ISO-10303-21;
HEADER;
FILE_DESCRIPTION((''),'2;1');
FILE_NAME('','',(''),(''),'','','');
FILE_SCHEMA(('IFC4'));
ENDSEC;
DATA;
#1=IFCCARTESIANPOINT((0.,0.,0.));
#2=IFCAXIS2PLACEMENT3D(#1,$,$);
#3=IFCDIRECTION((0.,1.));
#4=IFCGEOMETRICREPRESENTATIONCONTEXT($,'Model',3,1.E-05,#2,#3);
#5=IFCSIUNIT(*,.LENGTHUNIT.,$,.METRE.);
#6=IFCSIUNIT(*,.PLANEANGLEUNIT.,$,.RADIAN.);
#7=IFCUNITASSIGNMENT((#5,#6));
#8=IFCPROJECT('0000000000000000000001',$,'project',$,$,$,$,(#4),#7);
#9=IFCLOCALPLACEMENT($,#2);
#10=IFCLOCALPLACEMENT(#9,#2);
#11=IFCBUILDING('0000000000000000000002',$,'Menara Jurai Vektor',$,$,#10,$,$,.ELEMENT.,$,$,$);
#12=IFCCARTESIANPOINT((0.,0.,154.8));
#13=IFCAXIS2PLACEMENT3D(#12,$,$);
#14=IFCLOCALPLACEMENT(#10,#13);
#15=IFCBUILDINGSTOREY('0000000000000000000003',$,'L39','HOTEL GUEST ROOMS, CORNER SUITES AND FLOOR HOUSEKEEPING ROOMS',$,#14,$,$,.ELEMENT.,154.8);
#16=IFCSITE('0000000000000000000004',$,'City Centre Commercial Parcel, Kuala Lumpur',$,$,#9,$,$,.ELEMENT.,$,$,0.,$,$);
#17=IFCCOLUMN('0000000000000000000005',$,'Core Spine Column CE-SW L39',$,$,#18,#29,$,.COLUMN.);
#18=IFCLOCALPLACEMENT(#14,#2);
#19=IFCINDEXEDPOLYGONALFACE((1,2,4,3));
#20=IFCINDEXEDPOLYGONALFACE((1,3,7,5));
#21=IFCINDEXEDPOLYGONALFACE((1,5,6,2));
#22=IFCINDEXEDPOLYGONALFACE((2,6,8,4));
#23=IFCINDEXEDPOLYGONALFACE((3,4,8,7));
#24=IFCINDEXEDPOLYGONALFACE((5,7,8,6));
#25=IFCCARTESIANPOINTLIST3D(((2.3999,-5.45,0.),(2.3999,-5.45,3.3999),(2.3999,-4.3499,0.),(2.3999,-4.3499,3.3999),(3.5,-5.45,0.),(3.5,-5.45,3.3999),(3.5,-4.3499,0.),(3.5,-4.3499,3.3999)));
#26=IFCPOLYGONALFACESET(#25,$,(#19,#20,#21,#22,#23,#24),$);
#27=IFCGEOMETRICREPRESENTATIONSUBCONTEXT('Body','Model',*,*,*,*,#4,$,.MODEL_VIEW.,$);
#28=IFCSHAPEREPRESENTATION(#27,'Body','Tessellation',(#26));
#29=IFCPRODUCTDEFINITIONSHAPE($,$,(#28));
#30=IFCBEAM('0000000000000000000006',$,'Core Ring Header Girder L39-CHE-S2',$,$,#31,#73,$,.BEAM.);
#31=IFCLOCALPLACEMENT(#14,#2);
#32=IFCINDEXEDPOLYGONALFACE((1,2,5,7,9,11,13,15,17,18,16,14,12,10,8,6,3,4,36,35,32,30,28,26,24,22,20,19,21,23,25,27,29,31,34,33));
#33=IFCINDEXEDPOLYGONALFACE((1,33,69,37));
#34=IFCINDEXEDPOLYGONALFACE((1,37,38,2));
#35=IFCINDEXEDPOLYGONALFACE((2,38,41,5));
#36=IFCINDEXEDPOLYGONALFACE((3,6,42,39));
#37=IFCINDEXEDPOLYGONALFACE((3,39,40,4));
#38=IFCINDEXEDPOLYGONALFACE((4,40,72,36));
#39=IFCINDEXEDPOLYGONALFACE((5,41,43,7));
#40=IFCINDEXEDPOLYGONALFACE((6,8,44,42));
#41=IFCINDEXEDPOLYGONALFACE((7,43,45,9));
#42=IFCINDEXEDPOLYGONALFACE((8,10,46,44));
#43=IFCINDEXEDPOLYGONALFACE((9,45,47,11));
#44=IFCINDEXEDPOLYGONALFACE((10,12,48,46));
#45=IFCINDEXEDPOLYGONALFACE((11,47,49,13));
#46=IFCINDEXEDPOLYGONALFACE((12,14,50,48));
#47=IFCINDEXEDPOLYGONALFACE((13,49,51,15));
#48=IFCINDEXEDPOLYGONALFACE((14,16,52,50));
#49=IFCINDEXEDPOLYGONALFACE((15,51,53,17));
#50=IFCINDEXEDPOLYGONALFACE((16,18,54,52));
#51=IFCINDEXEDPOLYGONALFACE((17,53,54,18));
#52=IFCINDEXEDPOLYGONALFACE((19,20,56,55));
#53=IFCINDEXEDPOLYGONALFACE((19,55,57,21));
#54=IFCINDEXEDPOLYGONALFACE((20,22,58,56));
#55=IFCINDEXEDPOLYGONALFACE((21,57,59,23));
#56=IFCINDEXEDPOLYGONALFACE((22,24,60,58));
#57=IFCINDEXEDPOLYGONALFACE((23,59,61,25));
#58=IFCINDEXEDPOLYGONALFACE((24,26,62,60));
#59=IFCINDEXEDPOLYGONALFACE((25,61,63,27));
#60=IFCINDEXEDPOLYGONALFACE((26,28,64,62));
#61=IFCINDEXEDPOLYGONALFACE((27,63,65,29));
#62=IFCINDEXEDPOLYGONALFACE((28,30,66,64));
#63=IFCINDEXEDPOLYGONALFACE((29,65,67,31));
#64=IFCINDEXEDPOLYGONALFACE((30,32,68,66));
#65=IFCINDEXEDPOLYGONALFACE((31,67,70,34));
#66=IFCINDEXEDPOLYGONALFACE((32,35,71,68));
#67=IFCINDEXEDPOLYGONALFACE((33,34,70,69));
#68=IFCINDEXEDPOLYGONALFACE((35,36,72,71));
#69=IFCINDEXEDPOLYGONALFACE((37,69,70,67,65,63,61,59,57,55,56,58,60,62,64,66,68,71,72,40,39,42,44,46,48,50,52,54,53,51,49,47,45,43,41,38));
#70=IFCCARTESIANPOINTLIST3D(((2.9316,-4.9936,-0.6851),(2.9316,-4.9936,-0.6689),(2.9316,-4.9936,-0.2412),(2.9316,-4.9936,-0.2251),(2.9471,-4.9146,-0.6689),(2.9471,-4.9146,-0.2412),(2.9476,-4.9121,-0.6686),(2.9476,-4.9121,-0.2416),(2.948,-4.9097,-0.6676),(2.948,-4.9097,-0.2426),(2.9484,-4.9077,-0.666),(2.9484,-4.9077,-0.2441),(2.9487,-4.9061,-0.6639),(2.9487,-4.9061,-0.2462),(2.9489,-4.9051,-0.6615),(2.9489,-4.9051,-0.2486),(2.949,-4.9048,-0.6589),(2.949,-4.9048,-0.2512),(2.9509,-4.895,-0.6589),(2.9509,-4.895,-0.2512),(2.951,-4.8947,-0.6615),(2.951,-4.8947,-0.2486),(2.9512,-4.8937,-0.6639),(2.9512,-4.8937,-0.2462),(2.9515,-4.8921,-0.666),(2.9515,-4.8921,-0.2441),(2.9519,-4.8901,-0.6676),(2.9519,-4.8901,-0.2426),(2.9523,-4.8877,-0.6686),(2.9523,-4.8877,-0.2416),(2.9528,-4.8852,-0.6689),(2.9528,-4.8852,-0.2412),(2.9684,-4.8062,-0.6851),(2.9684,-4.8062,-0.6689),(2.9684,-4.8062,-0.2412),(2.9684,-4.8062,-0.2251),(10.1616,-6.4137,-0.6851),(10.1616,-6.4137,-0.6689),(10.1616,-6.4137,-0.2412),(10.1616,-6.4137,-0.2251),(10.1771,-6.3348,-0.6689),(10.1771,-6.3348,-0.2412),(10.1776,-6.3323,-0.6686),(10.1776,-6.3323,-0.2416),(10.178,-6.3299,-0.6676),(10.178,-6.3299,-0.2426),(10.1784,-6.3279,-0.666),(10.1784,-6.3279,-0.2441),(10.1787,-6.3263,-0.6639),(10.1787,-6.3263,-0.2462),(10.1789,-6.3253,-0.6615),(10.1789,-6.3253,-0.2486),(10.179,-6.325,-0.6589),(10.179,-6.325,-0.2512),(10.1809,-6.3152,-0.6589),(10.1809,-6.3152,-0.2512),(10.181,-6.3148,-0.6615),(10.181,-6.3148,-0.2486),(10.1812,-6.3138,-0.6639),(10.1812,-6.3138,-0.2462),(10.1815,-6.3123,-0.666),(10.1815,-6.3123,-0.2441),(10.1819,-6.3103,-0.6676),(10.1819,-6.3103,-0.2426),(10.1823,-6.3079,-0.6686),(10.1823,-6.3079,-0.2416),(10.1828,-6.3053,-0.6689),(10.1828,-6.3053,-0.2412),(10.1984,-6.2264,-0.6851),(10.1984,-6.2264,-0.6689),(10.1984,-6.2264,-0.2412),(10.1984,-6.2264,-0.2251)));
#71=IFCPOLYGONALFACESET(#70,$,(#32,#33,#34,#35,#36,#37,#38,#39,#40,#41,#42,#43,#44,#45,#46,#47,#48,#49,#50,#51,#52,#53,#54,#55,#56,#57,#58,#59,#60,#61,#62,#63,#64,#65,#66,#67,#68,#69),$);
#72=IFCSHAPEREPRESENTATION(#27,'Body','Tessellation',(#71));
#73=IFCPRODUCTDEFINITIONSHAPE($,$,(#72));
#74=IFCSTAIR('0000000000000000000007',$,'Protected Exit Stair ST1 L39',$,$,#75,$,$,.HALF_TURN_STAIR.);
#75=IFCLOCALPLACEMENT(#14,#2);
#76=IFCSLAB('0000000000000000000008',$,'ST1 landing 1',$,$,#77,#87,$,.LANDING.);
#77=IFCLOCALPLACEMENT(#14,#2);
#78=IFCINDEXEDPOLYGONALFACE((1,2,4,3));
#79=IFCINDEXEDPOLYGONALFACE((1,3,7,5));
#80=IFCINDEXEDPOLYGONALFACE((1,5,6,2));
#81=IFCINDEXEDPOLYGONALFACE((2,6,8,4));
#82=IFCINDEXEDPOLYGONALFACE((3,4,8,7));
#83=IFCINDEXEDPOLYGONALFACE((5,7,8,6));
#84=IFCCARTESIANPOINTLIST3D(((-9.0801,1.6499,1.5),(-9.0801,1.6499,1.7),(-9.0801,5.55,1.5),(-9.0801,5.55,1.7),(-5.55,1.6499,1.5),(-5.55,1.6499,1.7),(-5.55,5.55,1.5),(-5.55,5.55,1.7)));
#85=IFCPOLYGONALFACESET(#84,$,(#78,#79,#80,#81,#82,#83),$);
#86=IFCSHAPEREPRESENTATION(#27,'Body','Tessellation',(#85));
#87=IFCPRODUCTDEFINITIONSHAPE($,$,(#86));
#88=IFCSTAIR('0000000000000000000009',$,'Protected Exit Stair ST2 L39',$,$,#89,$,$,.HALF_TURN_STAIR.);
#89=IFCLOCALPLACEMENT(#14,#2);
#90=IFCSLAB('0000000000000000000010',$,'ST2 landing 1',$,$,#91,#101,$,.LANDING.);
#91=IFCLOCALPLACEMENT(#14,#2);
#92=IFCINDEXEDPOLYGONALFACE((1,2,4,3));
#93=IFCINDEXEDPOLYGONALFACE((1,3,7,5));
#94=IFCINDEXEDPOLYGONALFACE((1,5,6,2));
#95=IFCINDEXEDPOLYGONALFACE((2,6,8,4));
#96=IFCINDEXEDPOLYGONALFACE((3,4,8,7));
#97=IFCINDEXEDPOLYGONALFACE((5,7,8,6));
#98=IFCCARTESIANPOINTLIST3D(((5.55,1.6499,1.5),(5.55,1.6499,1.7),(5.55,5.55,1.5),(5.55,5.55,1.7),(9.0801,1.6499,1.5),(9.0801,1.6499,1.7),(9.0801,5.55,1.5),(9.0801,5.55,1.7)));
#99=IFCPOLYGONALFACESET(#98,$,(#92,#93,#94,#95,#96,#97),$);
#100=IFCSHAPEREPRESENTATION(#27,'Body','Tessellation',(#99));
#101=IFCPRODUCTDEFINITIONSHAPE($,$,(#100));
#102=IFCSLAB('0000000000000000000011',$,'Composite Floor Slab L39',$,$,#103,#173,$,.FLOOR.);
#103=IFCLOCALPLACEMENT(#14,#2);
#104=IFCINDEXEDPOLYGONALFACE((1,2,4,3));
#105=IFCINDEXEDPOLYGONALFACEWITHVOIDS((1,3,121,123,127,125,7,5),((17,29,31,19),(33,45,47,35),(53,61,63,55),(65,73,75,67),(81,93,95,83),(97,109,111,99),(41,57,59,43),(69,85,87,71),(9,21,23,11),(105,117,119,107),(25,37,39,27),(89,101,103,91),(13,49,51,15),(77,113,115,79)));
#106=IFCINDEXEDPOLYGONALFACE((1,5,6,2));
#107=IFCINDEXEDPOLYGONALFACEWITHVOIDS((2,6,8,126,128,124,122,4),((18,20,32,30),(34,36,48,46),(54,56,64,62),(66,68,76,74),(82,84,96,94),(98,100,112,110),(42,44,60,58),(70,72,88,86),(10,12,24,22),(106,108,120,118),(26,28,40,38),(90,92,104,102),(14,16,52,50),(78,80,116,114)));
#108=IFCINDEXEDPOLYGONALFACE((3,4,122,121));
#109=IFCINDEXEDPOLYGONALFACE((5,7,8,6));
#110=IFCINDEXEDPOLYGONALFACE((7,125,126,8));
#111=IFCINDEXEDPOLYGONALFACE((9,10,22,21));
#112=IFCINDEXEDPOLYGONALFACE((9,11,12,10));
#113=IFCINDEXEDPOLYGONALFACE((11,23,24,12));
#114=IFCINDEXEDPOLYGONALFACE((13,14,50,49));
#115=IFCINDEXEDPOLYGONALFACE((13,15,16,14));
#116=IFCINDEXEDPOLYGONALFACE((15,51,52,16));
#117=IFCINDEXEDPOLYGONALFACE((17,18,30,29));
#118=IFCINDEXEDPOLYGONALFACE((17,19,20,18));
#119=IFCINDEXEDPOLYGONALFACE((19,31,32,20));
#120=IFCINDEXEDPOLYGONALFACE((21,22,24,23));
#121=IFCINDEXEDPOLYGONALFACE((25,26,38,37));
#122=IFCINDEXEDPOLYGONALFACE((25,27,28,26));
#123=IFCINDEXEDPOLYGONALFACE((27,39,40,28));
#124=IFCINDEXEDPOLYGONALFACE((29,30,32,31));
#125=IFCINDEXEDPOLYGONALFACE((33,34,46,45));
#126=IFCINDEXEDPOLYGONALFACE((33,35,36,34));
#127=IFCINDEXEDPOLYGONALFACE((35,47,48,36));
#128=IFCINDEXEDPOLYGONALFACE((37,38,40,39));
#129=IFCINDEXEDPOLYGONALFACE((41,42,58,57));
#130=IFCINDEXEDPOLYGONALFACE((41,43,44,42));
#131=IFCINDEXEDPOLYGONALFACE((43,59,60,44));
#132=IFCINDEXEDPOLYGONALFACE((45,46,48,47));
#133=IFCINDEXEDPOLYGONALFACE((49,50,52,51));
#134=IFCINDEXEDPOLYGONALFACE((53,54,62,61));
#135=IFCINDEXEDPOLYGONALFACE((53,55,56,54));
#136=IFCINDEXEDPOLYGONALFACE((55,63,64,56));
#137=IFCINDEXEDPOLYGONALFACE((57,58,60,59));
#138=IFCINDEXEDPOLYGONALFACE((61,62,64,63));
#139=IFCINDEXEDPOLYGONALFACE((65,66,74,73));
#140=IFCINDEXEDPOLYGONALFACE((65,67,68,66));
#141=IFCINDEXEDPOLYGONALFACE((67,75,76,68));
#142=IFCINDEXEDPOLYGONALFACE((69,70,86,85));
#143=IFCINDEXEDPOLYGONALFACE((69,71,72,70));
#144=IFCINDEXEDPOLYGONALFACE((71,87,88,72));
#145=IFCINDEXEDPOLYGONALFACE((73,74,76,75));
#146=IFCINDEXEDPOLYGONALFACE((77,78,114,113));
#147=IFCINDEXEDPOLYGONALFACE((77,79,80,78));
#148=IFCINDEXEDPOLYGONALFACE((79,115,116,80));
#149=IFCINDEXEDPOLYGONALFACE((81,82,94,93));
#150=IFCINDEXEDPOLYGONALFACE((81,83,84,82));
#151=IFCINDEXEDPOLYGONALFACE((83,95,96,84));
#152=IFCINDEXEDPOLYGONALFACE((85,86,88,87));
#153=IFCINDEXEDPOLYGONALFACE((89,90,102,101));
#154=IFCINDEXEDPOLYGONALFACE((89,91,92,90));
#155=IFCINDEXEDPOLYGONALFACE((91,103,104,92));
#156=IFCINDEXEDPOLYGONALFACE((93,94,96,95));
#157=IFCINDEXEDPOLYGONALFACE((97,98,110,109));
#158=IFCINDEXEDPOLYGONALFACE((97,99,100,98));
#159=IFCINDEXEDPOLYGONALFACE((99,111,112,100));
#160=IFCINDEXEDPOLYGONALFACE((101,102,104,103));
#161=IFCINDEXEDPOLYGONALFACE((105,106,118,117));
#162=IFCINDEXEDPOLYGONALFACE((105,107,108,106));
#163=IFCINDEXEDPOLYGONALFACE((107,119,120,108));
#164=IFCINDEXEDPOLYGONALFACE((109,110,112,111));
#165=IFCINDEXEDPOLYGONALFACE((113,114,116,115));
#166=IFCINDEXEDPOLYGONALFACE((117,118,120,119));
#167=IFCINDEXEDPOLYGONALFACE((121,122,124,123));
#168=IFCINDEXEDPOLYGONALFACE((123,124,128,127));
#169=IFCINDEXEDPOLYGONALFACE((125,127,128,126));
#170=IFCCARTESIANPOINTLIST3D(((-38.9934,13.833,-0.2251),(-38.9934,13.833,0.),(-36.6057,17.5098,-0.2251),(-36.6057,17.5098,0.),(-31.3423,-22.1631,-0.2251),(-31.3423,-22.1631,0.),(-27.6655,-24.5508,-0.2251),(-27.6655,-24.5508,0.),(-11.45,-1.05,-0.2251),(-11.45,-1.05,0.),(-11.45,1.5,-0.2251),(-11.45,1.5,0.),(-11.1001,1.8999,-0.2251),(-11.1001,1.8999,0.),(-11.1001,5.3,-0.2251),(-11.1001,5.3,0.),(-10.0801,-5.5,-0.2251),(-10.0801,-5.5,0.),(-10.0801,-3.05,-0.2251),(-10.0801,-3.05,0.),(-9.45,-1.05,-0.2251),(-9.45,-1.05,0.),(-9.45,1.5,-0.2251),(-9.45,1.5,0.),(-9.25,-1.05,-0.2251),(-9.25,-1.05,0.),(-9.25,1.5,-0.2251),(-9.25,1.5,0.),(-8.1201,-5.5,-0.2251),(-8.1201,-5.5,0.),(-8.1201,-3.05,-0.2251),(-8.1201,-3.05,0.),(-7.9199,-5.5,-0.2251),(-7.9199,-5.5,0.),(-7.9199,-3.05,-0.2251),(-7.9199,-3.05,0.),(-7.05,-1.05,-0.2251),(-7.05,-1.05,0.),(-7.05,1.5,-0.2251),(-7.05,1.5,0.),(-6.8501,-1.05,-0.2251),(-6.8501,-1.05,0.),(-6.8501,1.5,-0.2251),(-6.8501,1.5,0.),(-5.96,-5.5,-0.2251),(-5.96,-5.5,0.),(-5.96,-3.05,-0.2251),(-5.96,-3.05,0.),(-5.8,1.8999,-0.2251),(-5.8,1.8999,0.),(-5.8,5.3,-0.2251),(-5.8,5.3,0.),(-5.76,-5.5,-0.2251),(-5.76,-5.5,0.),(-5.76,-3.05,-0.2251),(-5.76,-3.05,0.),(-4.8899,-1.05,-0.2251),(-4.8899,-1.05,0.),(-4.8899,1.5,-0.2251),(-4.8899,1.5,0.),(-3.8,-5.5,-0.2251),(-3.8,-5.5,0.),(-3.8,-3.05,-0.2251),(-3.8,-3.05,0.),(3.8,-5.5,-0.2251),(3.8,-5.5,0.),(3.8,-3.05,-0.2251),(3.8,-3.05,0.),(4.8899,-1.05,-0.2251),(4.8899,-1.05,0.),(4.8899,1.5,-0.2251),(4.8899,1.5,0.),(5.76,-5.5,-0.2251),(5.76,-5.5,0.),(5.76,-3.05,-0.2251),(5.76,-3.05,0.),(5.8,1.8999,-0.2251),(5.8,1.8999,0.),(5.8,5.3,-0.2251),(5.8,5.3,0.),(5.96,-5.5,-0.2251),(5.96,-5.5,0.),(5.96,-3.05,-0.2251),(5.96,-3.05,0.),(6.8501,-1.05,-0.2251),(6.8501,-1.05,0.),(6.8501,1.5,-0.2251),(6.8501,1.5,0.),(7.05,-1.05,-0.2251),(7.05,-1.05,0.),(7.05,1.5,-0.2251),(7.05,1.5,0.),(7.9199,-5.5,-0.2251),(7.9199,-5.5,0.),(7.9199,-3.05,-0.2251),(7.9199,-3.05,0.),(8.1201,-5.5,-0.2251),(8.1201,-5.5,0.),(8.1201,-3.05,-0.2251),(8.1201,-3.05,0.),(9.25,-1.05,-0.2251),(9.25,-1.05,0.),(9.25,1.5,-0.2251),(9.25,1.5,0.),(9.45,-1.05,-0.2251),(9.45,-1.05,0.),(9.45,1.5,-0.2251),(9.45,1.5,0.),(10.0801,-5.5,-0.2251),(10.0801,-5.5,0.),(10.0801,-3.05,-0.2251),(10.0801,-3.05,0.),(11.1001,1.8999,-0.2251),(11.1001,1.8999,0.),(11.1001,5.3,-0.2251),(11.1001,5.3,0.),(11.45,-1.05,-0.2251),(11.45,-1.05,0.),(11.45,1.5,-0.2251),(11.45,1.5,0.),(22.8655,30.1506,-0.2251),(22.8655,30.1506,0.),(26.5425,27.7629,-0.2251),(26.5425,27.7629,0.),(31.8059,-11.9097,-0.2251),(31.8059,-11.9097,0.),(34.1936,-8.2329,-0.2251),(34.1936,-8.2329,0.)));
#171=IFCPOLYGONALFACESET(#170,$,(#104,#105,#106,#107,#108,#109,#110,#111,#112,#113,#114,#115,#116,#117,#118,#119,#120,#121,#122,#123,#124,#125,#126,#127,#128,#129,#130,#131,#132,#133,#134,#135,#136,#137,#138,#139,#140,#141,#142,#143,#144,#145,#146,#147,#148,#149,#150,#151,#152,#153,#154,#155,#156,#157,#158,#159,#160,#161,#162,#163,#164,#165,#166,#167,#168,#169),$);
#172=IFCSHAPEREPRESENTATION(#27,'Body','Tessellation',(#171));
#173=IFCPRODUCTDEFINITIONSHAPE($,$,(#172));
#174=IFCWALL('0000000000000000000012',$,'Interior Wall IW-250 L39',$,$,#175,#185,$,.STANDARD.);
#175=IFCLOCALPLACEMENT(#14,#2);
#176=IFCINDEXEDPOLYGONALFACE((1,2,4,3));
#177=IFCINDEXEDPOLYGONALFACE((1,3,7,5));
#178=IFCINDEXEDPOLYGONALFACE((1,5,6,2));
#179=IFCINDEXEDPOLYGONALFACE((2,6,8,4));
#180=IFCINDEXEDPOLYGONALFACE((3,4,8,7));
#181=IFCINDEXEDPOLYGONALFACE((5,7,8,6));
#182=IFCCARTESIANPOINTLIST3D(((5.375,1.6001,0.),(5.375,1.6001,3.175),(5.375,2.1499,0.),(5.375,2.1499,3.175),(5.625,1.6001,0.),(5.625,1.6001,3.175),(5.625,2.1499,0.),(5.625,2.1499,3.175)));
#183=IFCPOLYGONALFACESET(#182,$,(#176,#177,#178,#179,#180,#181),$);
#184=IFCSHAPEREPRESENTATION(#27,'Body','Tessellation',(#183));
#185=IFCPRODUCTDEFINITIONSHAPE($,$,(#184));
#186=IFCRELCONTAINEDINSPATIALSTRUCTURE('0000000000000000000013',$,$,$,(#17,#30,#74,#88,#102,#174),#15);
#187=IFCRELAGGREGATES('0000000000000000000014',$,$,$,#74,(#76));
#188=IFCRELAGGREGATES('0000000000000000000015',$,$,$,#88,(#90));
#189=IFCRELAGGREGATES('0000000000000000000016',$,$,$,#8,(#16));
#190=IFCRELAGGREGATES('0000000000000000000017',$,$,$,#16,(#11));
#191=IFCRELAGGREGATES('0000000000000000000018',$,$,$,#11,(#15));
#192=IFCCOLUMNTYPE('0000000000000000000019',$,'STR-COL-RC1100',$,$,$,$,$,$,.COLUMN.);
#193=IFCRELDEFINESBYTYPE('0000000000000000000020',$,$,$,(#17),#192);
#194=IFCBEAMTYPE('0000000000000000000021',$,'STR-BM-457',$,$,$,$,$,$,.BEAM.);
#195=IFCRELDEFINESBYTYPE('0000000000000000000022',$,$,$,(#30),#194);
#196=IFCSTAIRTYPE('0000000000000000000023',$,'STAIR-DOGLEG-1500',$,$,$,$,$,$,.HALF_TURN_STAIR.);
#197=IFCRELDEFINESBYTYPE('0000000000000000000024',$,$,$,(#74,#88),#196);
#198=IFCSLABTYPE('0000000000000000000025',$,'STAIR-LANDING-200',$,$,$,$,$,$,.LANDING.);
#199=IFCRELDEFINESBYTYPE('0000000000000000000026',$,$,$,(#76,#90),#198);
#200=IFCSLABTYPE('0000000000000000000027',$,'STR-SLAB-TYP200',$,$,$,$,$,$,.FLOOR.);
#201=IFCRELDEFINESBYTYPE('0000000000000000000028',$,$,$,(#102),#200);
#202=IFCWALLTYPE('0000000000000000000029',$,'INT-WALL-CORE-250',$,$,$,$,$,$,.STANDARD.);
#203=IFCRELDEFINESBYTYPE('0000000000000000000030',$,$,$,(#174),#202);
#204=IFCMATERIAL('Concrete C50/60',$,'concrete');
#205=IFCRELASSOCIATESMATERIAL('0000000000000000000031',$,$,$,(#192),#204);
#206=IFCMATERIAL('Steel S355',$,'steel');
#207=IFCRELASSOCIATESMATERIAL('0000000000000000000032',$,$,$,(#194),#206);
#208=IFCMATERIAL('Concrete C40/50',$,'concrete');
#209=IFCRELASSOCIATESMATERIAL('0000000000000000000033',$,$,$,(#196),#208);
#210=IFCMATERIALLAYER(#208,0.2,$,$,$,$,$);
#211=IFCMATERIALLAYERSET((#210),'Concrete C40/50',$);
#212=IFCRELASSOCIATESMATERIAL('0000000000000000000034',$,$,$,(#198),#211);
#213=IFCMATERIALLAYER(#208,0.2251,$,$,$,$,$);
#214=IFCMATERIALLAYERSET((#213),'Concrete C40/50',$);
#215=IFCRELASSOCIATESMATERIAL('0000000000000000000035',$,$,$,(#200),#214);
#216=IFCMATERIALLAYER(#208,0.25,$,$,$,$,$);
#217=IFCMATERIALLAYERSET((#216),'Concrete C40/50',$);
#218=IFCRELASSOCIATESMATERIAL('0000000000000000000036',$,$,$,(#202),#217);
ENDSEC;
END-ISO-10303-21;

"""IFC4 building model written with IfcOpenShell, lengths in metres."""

from ifc_helpers import new_model, si_unit, direction, frame, frame_2d, origin, origin_2d, place, context, subcontext, project, spatial, polyline, rectangle, i_section, outline, extrude, material, layer, layer_set, material_profile, profile_set, type_object, element, aggregate, save


model = new_model("IFC4")

# Units and contexts
model_context = context("Model", 3, precision=1e-05, world=origin(), true_north=direction((0.0, 1.0)))
body_context = subcontext(model_context, "Body", "Model", "MODEL_VIEW")
ifc_project = project(units=[si_unit("LENGTHUNIT", "METRE"), si_unit("PLANEANGLEUNIT", "RADIAN")], contexts=[model_context])

# Site, building, storey
site_placement = place(None, origin())
site = spatial("IfcSite", under=ifc_project, at=site_placement, Name="City Centre Commercial Parcel, Kuala Lumpur", CompositionType="ELEMENT", RefElevation=0.0)
building_placement = place(site_placement, origin())
building = spatial("IfcBuilding", under=site, at=building_placement, Name="Menara Jurai Vektor", CompositionType="ELEMENT")
storey_placement = place(building_placement, frame((0.0, 0.0, 154.8)))
storey = spatial("IfcBuildingStorey", under=building, at=storey_placement, Name="L39", Description="HOTEL GUEST ROOMS, CORNER SUITES AND FLOOR HOUSEKEEPING ROOMS", CompositionType="ELEMENT", Elevation=154.8)

# Column
ifc_material_1 = material(Name="Concrete C50/60", Category="concrete")
ifc_material_profile_1 = material_profile(ifc_material_1, rectangle(XDim=1.1001, YDim=1.1001, at=origin_2d()), Name="RC 1100x1100")
ifc_profile_set_1 = profile_set([ifc_material_profile_1], Name="Concrete C50/60")
column_type = type_object("IfcColumnType", Name="STR-COL-RC1100", PredefinedType="COLUMN", material=ifc_profile_set_1)
column_placement = place(storey_placement, frame((2.95, -4.8999, 0.0), z_axis=(0.0, 0.0, 1.0), x_axis=(1.0, 0.0, 0.0)))
element("IfcColumn", 1, at=column_placement, inside=storey, type_object=column_type, Name="Core Spine Column CE-SW L39", PredefinedType="COLUMN", context=body_context, shape_type="SweptSolid", body=[
    extrude(rectangle(XDim=1.1001, YDim=1.1001, at=origin_2d()), origin(), (0.0, 0.0, 1.0), 3.3999),
])

# Beam
ifc_material_2 = material(Name="Steel S355", Category="steel")
ifc_material_profile_2 = material_profile(ifc_material_2, i_section(OverallWidth=0.1909, OverallDepth=0.46, WebThickness=0.01, FlangeThickness=0.0161, FilletRadius=0.01, at=origin_2d()), Name="UKB 457x191x82")
ifc_profile_set_2 = profile_set([ifc_material_profile_2], Name="Steel S355")
beam_type = type_object("IfcBeamType", Name="STR-BM-457", PredefinedType="BEAM", material=ifc_profile_set_2)
beam_placement = place(storey_placement, frame((2.95, -4.8999, -0.4551), z_axis=(0.981249, -0.192744, 0.0), x_axis=(0.192744, 0.981249, 0.0)))
element("IfcBeam", 2, at=beam_placement, inside=storey, type_object=beam_type, Name="Core Ring Header Girder L39-CHE-S2", PredefinedType="BEAM", context=body_context, shape_type="SweptSolid", body=[
    extrude(i_section(OverallWidth=0.1909, OverallDepth=0.46, WebThickness=0.01, FlangeThickness=0.0161, FilletRadius=0.01, at=origin_2d()), origin(), (0.0, 0.0, 1.0), 7.3682),
])

# Stairs, slabs
ifc_material_3 = material(Name="Concrete C40/50", Category="concrete")
stair_type = type_object("IfcStairType", Name="STAIR-DOGLEG-1500", PredefinedType="HALF_TURN_STAIR", material=ifc_material_3)
stair_1_placement = place(storey_placement, origin())
stair_1 = element("IfcStair", 3, at=stair_1_placement, inside=storey, type_object=stair_type, Name="Protected Exit Stair ST1 L39", PredefinedType="HALF_TURN_STAIR")
ifc_layer_1 = layer(ifc_material_3, 0.2)
ifc_layer_set_1 = layer_set([ifc_layer_1], Name="Concrete C40/50")
slab_type_1 = type_object("IfcSlabType", Name="STAIR-LANDING-200", PredefinedType="LANDING", material=ifc_layer_set_1)
slab_1_placement = place(storey_placement, frame((0.0, 0.0, 1.5)))
slab_1 = element("IfcSlab", 4, at=slab_1_placement, type_object=slab_type_1, Name="ST1 landing 1", PredefinedType="LANDING", context=body_context, shape_type="SweptSolid", body=[
    extrude(outline(polyline([(-9.0801, 1.6499), (-5.55, 1.6499), (-5.55, 5.55), (-9.0801, 5.55), (-9.0801, 1.6499)])), origin(), (0.0, 0.0, 1.0), 0.2),
])
aggregate(stair_1, [slab_1])
stair_2_placement = place(storey_placement, origin())
stair_2 = element("IfcStair", 5, at=stair_2_placement, inside=storey, type_object=stair_type, Name="Protected Exit Stair ST2 L39", PredefinedType="HALF_TURN_STAIR")
slab_2_placement = place(storey_placement, frame((0.0, 0.0, 1.5)))
slab_2 = element("IfcSlab", 6, at=slab_2_placement, type_object=slab_type_1, Name="ST2 landing 1", PredefinedType="LANDING", context=body_context, shape_type="SweptSolid", body=[
    extrude(outline(polyline([(5.55, 1.6499), (9.0801, 1.6499), (9.0801, 5.55), (5.55, 5.55), (5.55, 1.6499)])), origin(), (0.0, 0.0, 1.0), 0.2),
])
aggregate(stair_2, [slab_2])

# Slab
ifc_layer_2 = layer(ifc_material_3, 0.2251)
ifc_layer_set_2 = layer_set([ifc_layer_2], Name="Concrete C40/50")
slab_type_2 = type_object("IfcSlabType", Name="STR-SLAB-TYP200", PredefinedType="FLOOR", material=ifc_layer_set_2)
slab_3_placement = place(storey_placement, frame((0.0, 0.0, -0.2251)))
element("IfcSlab", 7, at=slab_3_placement, inside=storey, type_object=slab_type_2, Name="Composite Floor Slab L39", PredefinedType="FLOOR", context=body_context, shape_type="SweptSolid", body=[
    extrude(outline(polyline([(-27.6655, -24.5508), (31.8059, -11.9097), (34.1936, -8.2329), (26.5425, 27.7629), (22.8655, 30.1506), (-36.6057, 17.5098), (-38.9934, 13.833), (-31.3423, -22.1631), (-27.6655, -24.5508)]), holes=[polyline([(-11.1001, 1.8999), (-11.1001, 5.3), (-5.8, 5.3), (-5.8, 1.8999), (-11.1001, 1.8999)]), polyline([(5.8, 1.8999), (5.8, 5.3), (11.1001, 5.3), (11.1001, 1.8999), (5.8, 1.8999)]), polyline([(-11.45, -1.05), (-11.45, 1.5), (-9.45, 1.5), (-9.45, -1.05), (-11.45, -1.05)]), polyline([(9.45, -1.05), (9.45, 1.5), (11.45, 1.5), (11.45, -1.05), (9.45, -1.05)]), polyline([(-5.76, -5.5), (-5.76, -3.05), (-3.8, -3.05), (-3.8, -5.5), (-5.76, -5.5)]), polyline([(-6.8501, -1.05), (-6.8501, 1.5), (-4.8899, 1.5), (-4.8899, -1.05), (-6.8501, -1.05)]), polyline([(3.8, -5.5), (3.8, -3.05), (5.76, -3.05), (5.76, -5.5), (3.8, -5.5)]), polyline([(4.8899, -1.05), (4.8899, 1.5), (6.8501, 1.5), (6.8501, -1.05), (4.8899, -1.05)]), polyline([(-10.0801, -5.5), (-10.0801, -3.05), (-8.1201, -3.05), (-8.1201, -5.5), (-10.0801, -5.5)]), polyline([(-7.9199, -5.5), (-7.9199, -3.05), (-5.96, -3.05), (-5.96, -5.5), (-7.9199, -5.5)]), polyline([(5.96, -5.5), (5.96, -3.05), (7.9199, -3.05), (7.9199, -5.5), (5.96, -5.5)]), polyline([(8.1201, -5.5), (8.1201, -3.05), (10.0801, -3.05), (10.0801, -5.5), (8.1201, -5.5)]), polyline([(-9.25, -1.05), (-9.25, 1.5), (-7.05, 1.5), (-7.05, -1.05), (-9.25, -1.05)]), polyline([(7.05, -1.05), (7.05, 1.5), (9.25, 1.5), (9.25, -1.05), (7.05, -1.05)])]), origin(), (0.0, 0.0, 1.0), 0.2251),
])

# Wall
ifc_layer_3 = layer(ifc_material_3, 0.25)
ifc_layer_set_3 = layer_set([ifc_layer_3], Name="Concrete C40/50")
wall_type_1 = type_object("IfcWallType", Name="INT-WALL-CORE-250", PredefinedType="STANDARD", material=ifc_layer_set_3)
wall_1_placement = place(storey_placement, frame((5.5, 1.6001, 0.0), z_axis=(0.0, 0.0, 1.0), x_axis=(0.0, 1.0, 0.0)))
element("IfcWall", 8, at=wall_1_placement, inside=storey, type_object=wall_type_1, Name="Interior Wall IW-250 L39", PredefinedType="STANDARD", context=body_context, shape_type="SweptSolid", body=[
    extrude(rectangle(XDim=0.5498, YDim=0.25, at=frame_2d((0.2749, 0.0))), origin(), (0.0, 0.0, 1.0), 3.175),
])

save(model, "model.ifc")
